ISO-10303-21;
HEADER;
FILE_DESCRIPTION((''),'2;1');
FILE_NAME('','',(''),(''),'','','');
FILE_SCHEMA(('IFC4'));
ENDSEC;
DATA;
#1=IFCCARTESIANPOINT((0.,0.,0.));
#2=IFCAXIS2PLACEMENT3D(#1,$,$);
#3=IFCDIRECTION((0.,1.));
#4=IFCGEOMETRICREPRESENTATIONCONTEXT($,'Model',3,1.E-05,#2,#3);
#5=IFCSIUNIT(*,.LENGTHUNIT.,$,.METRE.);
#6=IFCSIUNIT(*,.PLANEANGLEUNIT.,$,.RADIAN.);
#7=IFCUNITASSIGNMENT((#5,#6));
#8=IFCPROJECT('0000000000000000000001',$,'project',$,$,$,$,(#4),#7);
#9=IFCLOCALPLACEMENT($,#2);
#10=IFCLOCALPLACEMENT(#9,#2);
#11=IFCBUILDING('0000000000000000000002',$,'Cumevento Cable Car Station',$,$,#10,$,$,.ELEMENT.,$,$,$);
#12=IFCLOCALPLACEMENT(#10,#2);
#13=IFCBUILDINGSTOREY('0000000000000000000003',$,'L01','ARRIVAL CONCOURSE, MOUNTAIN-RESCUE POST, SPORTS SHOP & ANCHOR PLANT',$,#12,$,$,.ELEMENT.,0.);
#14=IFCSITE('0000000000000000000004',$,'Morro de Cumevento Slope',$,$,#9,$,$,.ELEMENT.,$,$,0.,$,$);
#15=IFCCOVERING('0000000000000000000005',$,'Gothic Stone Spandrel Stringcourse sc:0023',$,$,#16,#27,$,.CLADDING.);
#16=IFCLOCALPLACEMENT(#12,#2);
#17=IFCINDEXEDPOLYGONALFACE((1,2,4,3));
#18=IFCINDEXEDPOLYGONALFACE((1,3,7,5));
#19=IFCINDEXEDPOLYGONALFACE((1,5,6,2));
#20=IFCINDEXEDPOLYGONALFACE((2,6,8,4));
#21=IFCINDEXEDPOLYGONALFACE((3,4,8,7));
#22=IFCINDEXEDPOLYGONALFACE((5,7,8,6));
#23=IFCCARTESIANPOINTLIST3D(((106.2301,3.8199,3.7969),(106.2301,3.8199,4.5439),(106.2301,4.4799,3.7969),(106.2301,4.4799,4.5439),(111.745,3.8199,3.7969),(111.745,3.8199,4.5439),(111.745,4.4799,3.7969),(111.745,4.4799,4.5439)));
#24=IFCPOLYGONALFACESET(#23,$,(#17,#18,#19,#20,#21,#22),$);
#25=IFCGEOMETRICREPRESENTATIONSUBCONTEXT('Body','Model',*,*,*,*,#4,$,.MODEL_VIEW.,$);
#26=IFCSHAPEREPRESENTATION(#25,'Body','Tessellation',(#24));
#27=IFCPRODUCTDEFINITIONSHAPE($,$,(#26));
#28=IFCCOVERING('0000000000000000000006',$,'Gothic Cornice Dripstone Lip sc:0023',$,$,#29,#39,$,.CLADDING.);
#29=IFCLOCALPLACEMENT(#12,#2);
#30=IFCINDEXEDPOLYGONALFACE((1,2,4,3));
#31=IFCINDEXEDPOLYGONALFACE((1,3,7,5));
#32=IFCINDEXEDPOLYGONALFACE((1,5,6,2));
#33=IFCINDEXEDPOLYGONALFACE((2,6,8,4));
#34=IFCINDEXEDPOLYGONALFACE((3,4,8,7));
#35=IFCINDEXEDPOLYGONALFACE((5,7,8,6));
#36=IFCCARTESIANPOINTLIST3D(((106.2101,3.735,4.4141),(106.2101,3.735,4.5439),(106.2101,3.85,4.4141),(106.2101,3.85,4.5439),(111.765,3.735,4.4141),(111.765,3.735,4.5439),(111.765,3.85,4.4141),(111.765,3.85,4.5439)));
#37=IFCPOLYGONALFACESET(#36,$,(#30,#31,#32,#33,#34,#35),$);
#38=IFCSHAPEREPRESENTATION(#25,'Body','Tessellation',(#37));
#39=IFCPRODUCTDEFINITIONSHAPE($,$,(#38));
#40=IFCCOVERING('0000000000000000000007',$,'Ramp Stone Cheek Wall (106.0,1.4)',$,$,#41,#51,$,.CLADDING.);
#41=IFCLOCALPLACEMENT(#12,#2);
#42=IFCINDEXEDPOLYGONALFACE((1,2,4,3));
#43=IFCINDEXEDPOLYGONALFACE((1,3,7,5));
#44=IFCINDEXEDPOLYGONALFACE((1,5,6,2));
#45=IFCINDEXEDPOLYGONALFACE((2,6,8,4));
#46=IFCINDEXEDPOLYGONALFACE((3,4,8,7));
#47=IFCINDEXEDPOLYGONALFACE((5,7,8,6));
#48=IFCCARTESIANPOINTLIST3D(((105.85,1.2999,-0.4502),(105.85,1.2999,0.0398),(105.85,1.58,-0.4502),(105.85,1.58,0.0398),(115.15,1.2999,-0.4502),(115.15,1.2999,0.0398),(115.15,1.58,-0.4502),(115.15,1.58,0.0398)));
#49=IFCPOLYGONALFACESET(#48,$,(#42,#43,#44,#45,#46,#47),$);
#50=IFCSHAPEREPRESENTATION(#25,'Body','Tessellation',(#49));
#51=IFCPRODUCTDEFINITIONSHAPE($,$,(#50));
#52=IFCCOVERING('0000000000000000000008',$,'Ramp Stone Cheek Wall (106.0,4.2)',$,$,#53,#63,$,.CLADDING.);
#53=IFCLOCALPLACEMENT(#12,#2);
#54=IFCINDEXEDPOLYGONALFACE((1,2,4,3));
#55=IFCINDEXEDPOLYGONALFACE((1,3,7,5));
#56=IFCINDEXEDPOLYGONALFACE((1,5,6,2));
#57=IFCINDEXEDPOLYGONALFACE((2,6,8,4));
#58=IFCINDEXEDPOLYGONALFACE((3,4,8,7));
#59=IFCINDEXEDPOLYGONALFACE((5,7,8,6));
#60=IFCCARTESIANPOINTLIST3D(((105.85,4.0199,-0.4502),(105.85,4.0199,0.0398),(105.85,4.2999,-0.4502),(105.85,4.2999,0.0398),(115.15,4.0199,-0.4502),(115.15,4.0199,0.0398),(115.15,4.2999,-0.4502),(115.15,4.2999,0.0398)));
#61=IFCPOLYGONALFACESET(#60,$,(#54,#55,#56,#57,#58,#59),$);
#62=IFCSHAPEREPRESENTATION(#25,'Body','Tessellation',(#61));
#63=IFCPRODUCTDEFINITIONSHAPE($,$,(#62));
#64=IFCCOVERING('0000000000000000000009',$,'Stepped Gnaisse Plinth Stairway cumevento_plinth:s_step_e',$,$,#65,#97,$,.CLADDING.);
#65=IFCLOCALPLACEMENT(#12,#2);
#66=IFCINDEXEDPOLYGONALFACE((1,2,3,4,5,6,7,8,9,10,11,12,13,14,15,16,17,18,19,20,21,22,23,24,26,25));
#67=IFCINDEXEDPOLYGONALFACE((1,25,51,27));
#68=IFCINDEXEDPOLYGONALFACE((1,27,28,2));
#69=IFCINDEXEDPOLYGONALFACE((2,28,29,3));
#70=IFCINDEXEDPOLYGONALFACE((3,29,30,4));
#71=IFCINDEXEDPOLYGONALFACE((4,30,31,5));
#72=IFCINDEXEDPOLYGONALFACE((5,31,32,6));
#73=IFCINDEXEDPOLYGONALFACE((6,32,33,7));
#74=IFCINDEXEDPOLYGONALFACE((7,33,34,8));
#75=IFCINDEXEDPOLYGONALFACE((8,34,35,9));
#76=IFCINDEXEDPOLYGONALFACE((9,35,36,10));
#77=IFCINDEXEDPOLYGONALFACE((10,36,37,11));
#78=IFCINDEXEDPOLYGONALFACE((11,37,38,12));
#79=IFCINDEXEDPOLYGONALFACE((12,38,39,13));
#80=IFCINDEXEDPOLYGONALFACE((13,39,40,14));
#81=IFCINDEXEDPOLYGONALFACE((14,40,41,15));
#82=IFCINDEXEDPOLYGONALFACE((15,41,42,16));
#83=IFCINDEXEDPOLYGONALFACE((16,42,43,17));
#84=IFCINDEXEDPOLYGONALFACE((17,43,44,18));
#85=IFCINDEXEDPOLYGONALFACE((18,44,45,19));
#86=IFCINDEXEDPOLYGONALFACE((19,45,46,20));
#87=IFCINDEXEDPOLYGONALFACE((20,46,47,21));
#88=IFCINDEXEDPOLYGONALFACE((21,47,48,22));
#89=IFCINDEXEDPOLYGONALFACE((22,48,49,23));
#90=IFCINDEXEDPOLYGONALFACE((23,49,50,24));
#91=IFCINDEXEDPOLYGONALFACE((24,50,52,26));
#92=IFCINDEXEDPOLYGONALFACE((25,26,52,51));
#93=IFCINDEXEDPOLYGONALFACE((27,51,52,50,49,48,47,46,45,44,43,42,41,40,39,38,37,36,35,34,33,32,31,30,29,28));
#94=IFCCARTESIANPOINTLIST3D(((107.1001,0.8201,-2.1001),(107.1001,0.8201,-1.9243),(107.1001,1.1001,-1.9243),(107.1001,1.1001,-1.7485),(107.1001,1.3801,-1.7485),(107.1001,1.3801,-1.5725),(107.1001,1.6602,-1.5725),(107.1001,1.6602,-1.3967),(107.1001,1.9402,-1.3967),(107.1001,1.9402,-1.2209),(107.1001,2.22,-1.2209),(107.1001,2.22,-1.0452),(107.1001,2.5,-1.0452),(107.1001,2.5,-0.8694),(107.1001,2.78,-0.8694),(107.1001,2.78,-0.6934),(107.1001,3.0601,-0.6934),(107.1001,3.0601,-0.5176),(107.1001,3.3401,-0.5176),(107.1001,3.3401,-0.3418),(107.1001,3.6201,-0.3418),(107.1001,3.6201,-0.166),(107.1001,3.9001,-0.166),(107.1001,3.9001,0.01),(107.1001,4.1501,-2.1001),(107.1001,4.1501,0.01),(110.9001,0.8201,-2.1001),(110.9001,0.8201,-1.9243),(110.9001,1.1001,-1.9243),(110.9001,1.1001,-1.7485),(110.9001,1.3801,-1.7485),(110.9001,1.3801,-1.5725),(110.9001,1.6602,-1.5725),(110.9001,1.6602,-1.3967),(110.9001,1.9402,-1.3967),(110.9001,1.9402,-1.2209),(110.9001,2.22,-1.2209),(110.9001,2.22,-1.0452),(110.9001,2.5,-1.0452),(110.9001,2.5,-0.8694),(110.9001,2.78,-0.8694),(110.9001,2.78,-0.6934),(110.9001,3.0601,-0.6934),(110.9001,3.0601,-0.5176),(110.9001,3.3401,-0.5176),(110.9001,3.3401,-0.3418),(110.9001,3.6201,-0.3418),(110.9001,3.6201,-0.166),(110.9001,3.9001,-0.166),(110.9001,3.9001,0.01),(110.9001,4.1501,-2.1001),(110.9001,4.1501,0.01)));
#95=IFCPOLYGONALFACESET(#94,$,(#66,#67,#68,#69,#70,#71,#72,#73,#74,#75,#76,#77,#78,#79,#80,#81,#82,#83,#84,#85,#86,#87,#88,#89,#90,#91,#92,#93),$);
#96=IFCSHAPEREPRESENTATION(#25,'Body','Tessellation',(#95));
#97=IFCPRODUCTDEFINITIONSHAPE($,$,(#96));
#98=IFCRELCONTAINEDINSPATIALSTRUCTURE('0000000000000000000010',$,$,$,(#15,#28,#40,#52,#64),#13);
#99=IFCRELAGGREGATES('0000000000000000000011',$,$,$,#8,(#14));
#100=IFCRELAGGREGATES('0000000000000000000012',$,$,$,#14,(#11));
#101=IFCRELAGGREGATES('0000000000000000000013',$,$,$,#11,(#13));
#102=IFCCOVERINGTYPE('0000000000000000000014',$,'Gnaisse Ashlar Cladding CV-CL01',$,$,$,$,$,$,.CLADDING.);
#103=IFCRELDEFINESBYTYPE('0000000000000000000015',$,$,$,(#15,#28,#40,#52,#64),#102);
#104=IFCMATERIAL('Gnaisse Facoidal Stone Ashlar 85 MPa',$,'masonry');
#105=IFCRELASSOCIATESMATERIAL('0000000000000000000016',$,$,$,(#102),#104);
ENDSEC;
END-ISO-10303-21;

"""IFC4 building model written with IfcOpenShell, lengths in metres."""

from ifc_helpers import new_model, si_unit, direction, frame, origin, origin_2d, place, context, subcontext, project, spatial, polyline, rectangle, outline, extrude, material, type_object, element, save


model = new_model("IFC4")

# Units and contexts
model_context = context("Model", 3, precision=1e-05, world=origin(), true_north=direction((0.0, 1.0)))
body_context = subcontext(model_context, "Body", "Model", "MODEL_VIEW")
ifc_project = project(units=[si_unit("LENGTHUNIT", "METRE"), si_unit("PLANEANGLEUNIT", "RADIAN")], contexts=[model_context])

# Site, building, storey
site_placement = place(None, origin())
site = spatial("IfcSite", under=ifc_project, at=site_placement, Name="Morro de Cumevento Slope", CompositionType="ELEMENT", RefElevation=0.0)
building_placement = place(site_placement, origin())
building = spatial("IfcBuilding", under=site, at=building_placement, Name="Cumevento Cable Car Station", CompositionType="ELEMENT")
storey_placement = place(building_placement, origin())
storey = spatial("IfcBuildingStorey", under=building, at=storey_placement, Name="L01", Description="ARRIVAL CONCOURSE, MOUNTAIN-RESCUE POST, SPORTS SHOP & ANCHOR PLANT", CompositionType="ELEMENT", Elevation=0.0)

# Coverings
ifc_material_1 = material(Name="Gnaisse Facoidal Stone Ashlar 85 MPa", Category="masonry")
covering_type = type_object("IfcCoveringType", Name="Gnaisse Ashlar Cladding CV-CL01", PredefinedType="CLADDING", material=ifc_material_1)
covering_1_placement = place(storey_placement, frame((108.9875, 4.1499, 3.7969), z_axis=(0.0, 0.0, 1.0), x_axis=(-1.0, 0.0, 0.0)))
element("IfcCovering", 1, at=covering_1_placement, inside=storey, type_object=covering_type, Name="Gothic Stone Spandrel Stringcourse sc:0023", PredefinedType="CLADDING", context=body_context, shape_type="SweptSolid", body=[
    extrude(rectangle(XDim=5.5149, YDim=0.6599, at=origin_2d()), origin(), (0.0, 0.0, 1.0), 0.7471),
])
covering_2_placement = place(storey_placement, frame((108.9875, 3.7925, 4.4141), z_axis=(0.0, 0.0, 1.0), x_axis=(-1.0, 0.0, 0.0)))
element("IfcCovering", 2, at=covering_2_placement, inside=storey, type_object=covering_type, Name="Gothic Cornice Dripstone Lip sc:0023", PredefinedType="CLADDING", context=body_context, shape_type="SweptSolid", body=[
    extrude(rectangle(XDim=5.5549, YDim=0.115, at=origin_2d()), origin(), (0.0, 0.0, 1.0), 0.1299),
])
for number, where, z_axis, x_axis, name in (
    (3, (110.5, 1.4399, -0.4502), (0.0, 0.0, 1.0), (1.0, 0.0, 0.0), "Ramp Stone Cheek Wall (106.0,1.4)"),
    (4, (110.5, 4.1599, -0.4502), (0.0, 0.0, 1.0), (1.0, 0.0, 0.0), "Ramp Stone Cheek Wall (106.0,4.2)"),
):
    element("IfcCovering", number, at=place(storey_placement, frame(where, z_axis=z_axis, x_axis=x_axis)), inside=storey, type_object=covering_type, Name=name, PredefinedType="CLADDING", context=body_context, shape_type="SweptSolid", body=[
        extrude(rectangle(XDim=9.3, YDim=0.28, at=origin_2d()), origin(), (0.0, 0.0, 1.0), 0.49),
    ])
covering_3_placement = place(storey_placement, frame((109.0, 0.8201, -2.1001), z_axis=(0.0, 0.0, 1.0), x_axis=(0.0, 1.0, 0.0)))
element("IfcCovering", 5, at=covering_3_placement, inside=storey, type_object=covering_type, Name="Stepped Gnaisse Plinth Stairway cumevento_plinth:s_step_e", PredefinedType="CLADDING", context=body_context, shape_type="SweptSolid", body=[
    extrude(outline(polyline([(0.0, 0.0), (0.0, 0.1758), (0.28, 0.1758), (0.28, 0.3516), (0.5601, 0.3516), (0.5601, 0.5276), (0.8401, 0.5276), (0.8401, 0.7034), (1.1201, 0.7034), (1.1201, 0.8792), (1.3999, 0.8792), (1.3999, 1.0549), (1.6799, 1.0549), (1.6799, 1.2307), (1.96, 1.2307), (1.96, 1.4067), (2.24, 1.4067), (2.24, 1.5825), (2.52, 1.5825), (2.52, 1.7583), (2.8, 1.7583), (2.8, 1.9341), (3.0801, 1.9341), (3.0801, 2.1101), (3.3301, 2.1101), (3.3301, 0.0), (0.0, 0.0)])), frame((0.0, 1.8999, 0.0), z_axis=(0.0, -1.0, 0.0), x_axis=(1.0, 0.0, 0.0)), (0.0, 0.0, 1.0), 3.8),
])

save(model, "model.ifc")
